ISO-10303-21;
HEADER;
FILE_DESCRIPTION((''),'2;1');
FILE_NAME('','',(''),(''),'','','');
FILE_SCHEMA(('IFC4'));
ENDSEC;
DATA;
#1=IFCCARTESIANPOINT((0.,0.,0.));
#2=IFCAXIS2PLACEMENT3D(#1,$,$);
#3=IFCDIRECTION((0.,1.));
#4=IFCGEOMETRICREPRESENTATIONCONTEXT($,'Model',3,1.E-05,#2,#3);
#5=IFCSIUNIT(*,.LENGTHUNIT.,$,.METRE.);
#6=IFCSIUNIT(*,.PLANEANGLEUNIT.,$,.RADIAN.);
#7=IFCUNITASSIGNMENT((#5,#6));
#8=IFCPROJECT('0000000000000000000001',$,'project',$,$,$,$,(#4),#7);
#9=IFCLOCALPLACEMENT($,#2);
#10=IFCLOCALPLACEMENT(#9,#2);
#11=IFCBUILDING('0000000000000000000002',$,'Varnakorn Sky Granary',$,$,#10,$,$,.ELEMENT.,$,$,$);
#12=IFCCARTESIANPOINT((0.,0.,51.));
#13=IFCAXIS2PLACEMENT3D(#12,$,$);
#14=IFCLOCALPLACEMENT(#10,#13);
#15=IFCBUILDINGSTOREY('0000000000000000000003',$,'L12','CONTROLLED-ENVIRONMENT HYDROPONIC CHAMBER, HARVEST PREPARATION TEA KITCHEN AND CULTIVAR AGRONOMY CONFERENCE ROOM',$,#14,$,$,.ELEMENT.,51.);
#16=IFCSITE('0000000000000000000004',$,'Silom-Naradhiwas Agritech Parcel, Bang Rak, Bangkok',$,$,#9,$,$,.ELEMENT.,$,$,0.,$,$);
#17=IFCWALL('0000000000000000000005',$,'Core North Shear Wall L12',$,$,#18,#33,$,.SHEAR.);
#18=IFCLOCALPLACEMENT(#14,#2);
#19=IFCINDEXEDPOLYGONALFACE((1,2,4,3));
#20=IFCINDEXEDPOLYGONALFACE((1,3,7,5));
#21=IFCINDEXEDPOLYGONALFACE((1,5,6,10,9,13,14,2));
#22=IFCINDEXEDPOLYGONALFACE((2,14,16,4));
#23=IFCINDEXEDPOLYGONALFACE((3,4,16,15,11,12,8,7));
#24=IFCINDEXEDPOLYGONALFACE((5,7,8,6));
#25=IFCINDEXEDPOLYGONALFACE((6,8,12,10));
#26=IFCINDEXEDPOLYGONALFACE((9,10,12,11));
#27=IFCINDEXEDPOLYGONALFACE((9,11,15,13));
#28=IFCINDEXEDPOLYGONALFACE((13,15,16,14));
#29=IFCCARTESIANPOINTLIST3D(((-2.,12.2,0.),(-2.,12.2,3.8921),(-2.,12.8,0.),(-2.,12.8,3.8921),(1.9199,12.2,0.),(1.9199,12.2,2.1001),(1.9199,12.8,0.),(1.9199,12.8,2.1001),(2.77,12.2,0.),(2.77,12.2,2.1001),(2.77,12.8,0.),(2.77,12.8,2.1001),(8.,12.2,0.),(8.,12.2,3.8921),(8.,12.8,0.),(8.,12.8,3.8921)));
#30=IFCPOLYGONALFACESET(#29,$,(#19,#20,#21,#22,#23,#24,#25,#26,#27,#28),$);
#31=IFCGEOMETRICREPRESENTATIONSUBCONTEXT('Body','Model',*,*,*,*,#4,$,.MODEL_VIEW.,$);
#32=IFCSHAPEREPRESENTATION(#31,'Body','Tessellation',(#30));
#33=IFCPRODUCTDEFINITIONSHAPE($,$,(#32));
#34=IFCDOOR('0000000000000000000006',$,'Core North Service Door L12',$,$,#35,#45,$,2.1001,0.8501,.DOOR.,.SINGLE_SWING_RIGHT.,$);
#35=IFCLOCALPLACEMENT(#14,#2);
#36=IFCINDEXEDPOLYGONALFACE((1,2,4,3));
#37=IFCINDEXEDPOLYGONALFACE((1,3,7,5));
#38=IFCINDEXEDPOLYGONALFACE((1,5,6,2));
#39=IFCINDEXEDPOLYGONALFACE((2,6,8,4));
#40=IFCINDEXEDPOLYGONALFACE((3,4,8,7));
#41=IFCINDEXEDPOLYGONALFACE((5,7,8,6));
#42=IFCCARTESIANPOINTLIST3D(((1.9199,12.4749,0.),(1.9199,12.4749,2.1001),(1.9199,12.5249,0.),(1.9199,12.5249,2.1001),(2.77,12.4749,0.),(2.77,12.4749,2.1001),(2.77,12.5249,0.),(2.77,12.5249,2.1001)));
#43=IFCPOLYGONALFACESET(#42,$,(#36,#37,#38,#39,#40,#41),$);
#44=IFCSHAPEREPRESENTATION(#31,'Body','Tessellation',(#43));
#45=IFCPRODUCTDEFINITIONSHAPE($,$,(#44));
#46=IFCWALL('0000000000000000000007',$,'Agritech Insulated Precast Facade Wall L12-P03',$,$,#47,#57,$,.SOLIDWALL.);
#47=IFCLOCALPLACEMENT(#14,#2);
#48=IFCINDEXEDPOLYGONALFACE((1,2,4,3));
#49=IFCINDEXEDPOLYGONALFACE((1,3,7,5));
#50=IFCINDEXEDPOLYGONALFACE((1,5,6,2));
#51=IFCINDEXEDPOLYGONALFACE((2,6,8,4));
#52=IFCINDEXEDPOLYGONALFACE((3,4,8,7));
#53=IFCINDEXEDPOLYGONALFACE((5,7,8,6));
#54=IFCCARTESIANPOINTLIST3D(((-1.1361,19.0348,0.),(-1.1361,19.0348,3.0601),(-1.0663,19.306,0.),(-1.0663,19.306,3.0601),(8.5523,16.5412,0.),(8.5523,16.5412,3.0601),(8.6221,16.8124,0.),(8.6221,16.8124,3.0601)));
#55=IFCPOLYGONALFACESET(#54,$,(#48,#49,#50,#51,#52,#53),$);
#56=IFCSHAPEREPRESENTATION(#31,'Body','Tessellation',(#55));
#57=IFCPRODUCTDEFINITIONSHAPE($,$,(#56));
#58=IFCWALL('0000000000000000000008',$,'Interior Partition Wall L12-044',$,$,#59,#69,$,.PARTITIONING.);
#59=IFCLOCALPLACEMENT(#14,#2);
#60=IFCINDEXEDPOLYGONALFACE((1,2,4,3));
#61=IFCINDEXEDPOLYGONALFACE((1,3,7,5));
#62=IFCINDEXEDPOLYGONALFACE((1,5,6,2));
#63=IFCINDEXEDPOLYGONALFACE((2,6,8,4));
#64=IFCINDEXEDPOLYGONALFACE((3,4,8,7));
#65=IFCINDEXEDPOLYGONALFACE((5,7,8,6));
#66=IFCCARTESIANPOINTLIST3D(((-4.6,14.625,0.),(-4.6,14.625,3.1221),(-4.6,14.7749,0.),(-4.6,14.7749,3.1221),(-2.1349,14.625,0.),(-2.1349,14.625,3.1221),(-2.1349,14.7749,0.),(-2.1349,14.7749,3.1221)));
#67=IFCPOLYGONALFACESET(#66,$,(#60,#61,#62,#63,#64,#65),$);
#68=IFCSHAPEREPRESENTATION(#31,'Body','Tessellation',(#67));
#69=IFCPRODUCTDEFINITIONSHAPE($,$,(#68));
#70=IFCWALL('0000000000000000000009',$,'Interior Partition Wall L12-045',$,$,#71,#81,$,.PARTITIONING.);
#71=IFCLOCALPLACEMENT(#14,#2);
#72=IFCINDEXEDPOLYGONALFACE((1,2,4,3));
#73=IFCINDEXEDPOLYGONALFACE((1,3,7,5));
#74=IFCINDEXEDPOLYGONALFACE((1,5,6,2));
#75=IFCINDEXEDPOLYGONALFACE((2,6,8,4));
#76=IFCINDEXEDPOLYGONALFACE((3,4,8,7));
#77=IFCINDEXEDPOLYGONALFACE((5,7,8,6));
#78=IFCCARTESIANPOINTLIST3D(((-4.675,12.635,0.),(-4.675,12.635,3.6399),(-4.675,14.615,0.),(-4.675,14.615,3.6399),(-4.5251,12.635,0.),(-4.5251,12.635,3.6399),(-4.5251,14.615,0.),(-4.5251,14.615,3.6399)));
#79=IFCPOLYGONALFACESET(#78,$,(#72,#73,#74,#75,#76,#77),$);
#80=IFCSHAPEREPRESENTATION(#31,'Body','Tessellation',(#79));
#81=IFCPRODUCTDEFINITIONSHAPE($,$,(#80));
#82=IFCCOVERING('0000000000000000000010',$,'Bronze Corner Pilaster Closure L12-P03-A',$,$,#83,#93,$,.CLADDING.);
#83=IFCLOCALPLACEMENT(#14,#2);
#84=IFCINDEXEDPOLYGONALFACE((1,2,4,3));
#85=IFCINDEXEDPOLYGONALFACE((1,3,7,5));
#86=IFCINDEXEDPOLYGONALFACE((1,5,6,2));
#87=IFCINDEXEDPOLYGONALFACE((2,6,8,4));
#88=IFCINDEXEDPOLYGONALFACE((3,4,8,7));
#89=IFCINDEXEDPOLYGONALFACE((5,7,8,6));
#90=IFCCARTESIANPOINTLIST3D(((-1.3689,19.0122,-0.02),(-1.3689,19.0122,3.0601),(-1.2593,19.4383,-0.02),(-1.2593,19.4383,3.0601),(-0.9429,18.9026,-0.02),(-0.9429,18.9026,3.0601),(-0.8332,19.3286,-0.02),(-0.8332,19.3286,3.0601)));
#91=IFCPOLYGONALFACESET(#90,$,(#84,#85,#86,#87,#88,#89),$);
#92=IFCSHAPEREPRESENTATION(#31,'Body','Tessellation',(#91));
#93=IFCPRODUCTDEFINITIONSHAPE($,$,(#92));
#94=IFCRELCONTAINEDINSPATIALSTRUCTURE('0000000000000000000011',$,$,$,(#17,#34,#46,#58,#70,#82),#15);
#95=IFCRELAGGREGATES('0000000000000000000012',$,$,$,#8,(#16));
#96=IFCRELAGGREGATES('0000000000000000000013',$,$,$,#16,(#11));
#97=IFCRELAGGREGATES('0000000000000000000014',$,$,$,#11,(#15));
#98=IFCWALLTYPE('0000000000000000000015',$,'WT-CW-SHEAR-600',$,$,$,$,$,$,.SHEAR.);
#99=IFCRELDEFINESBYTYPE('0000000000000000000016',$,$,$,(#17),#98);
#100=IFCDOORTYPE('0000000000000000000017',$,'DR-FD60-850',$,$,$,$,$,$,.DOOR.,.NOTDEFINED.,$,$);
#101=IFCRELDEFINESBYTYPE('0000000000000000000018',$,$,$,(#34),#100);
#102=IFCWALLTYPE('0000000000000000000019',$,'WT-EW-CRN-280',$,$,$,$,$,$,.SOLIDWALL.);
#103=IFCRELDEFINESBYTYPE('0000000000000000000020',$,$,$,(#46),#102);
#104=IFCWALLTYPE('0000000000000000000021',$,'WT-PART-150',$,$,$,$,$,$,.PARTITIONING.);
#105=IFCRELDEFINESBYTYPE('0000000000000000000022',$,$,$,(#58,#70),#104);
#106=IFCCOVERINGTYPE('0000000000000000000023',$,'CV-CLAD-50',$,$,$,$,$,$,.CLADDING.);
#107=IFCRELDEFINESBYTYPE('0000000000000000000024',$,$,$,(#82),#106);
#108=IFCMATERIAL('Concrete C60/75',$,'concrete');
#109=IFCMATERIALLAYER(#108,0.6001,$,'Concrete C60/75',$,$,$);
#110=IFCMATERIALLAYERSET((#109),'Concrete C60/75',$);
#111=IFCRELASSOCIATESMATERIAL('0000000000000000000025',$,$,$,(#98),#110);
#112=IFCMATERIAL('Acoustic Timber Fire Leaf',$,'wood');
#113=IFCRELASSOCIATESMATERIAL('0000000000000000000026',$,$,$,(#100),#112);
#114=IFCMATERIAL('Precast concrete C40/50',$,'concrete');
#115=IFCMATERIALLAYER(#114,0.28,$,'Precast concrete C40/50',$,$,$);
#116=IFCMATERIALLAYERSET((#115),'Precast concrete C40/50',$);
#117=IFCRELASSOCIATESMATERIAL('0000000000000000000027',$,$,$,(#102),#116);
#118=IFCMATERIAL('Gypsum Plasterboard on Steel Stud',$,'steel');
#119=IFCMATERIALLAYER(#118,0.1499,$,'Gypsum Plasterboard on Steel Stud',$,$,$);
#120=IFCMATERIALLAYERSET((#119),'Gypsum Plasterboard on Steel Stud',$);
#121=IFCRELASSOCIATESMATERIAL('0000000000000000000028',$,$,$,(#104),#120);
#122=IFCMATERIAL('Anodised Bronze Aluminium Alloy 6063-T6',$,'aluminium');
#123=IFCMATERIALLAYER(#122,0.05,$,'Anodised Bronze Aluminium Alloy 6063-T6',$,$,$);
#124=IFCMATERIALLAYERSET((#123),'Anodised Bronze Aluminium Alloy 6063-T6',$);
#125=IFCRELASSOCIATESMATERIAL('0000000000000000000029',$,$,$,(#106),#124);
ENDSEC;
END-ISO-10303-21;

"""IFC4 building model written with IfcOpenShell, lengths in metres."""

from ifc_helpers import new_model, si_unit, direction, frame, frame_2d, origin, origin_2d, place, context, subcontext, project, spatial, rectangle, extrude, source, transform, mapped, material, layer, layer_set, type_object, type_shapes, element, fill, save


model = new_model("IFC4")

# Units and contexts
model_context = context("Model", 3, precision=1e-05, world=origin(), true_north=direction((0.0, 1.0)))
body_context = subcontext(model_context, "Body", "Model", "MODEL_VIEW")
ifc_project = project(units=[si_unit("LENGTHUNIT", "METRE"), si_unit("PLANEANGLEUNIT", "RADIAN")], contexts=[model_context])

# Site, building, storey
site_placement = place(None, origin())
site = spatial("IfcSite", under=ifc_project, at=site_placement, Name="Silom-Naradhiwas Agritech Parcel, Bang Rak, Bangkok", CompositionType="ELEMENT", RefElevation=0.0)
building_placement = place(site_placement, origin())
building = spatial("IfcBuilding", under=site, at=building_placement, Name="Varnakorn Sky Granary", CompositionType="ELEMENT")
storey_placement = place(building_placement, frame((0.0, 0.0, 51.0)))
storey = spatial("IfcBuildingStorey", under=building, at=storey_placement, Name="L12", Description="CONTROLLED-ENVIRONMENT HYDROPONIC CHAMBER, HARVEST PREPARATION TEA KITCHEN AND CULTIVAR AGRONOMY CONFERENCE ROOM", CompositionType="ELEMENT", Elevation=51.0)

# Shared definitions
ifc_material_1 = material(Name="Concrete C60/75", Category="concrete")

# Shared definitions
ifc_material_2 = material(Name="Anodised Bronze Aluminium Alloy 6063-T6", Category="aluminium")

# Wall, opening, door
ifc_layer_1 = layer(ifc_material_1, 0.6001, Name="Concrete C60/75")
ifc_layer_set_1 = layer_set([ifc_layer_1], Name="Concrete C60/75")
wall_type_1 = type_object("IfcWallType", Name="WT-CW-SHEAR-600", PredefinedType="SHEAR", material=ifc_layer_set_1)
wall_1_placement = place(storey_placement, frame((-2.0, 12.5, 0.0), z_axis=(0.0, 0.0, 1.0), x_axis=(1.0, 0.0, 0.0)))
wall_1 = element("IfcWall", 1, at=wall_1_placement, inside=storey, type_object=wall_type_1, Name="Core North Shear Wall L12", PredefinedType="SHEAR", context=body_context, shape_type="SweptSolid", body=[
    extrude(rectangle(XDim=10.0, YDim=0.6001, at=frame_2d((5.0, 0.0))), origin(), (0.0, 0.0, 1.0), 3.8921),
])
opening_placement = place(wall_1_placement, frame((3.9199, 0.0, 0.0)))
opening = element("IfcOpeningElement", 2, at=opening_placement, cuts=wall_1, PredefinedType="OPENING", context=body_context, shape_type="SweptSolid", body=[
    extrude(rectangle(XDim=0.8501, YDim=2.1001, at=frame_2d((0.425, 1.05))), frame((0.0, 0.3101, 0.0), z_axis=(0.0, -1.0, 0.0), x_axis=(1.0, 0.0, 0.0)), (0.0, 0.0, 1.0), 0.6201),
])
ifc_material_3 = material(Name="Acoustic Timber Fire Leaf", Category="wood")
door_type = type_object("IfcDoorType", Name="DR-FD60-850", OperationType="NOTDEFINED", PredefinedType="DOOR", material=ifc_material_3)
door_placement = place(opening_placement, origin())
door = element("IfcDoor", 3, at=door_placement, inside=storey, type_object=door_type, Name="Core North Service Door L12", OperationType="SINGLE_SWING_RIGHT", OverallHeight=2.1001, OverallWidth=0.8501, PredefinedType="DOOR", context=body_context, shape_type="SweptSolid", body=[
    extrude(rectangle(XDim=0.8501, YDim=2.1001, at=frame_2d((0.425, 1.05))), frame((0.0, 0.0249, 0.0), z_axis=(0.0, -1.0, 0.0), x_axis=(1.0, 0.0, 0.0)), (0.0, 0.0, 1.0), 0.05),
])
fill(opening, door)

# Walls
ifc_material_4 = material(Name="Precast concrete C40/50", Category="concrete")
ifc_layer_2 = layer(ifc_material_4, 0.28, Name="Precast concrete C40/50")
ifc_layer_set_2 = layer_set([ifc_layer_2], Name="Precast concrete C40/50")
wall_type_2 = type_object("IfcWallType", Name="WT-EW-CRN-280", PredefinedType="SOLIDWALL", material=ifc_layer_set_2)
wall_2_placement = place(storey_placement, frame((-1.1011, 19.1704, 0.0), z_axis=(0.0, 0.0, 1.0), x_axis=(0.968437, -0.249259, 0.0)))
element("IfcWall", 4, at=wall_2_placement, inside=storey, type_object=wall_type_2, Name="Agritech Insulated Precast Facade Wall L12-P03", PredefinedType="SOLIDWALL", context=body_context, shape_type="SweptSolid", body=[
    extrude(rectangle(XDim=10.0042, YDim=0.28, at=frame_2d((5.002, 0.0))), origin(), (0.0, 0.0, 1.0), 3.0601),
])
ifc_material_5 = material(Name="Gypsum Plasterboard on Steel Stud", Category="steel")
ifc_layer_3 = layer(ifc_material_5, 0.1499, Name="Gypsum Plasterboard on Steel Stud")
ifc_layer_set_3 = layer_set([ifc_layer_3], Name="Gypsum Plasterboard on Steel Stud")
wall_type_3 = type_object("IfcWallType", Name="WT-PART-150", PredefinedType="PARTITIONING", material=ifc_layer_set_3)
wall_3_placement = place(storey_placement, frame((-2.135, 14.7, 0.0), z_axis=(0.0, 0.0, 1.0), x_axis=(-1.0, 0.0, 0.0)))
element("IfcWall", 5, at=wall_3_placement, inside=storey, type_object=wall_type_3, Name="Interior Partition Wall L12-044", PredefinedType="PARTITIONING", context=body_context, shape_type="SweptSolid", body=[
    extrude(rectangle(XDim=2.4651, YDim=0.1499, at=frame_2d((1.2324, 0.0))), origin(), (0.0, 0.0, 1.0), 3.1221),
])
wall_4_placement = place(storey_placement, frame((-4.6001, 14.615, 0.0), z_axis=(0.0, 0.0, 1.0), x_axis=(0.0, -1.0, 0.0)))
element("IfcWall", 6, at=wall_4_placement, inside=storey, type_object=wall_type_3, Name="Interior Partition Wall L12-045", PredefinedType="PARTITIONING", context=body_context, shape_type="SweptSolid", body=[
    extrude(rectangle(XDim=1.98, YDim=0.1499, at=frame_2d((0.99, 0.0))), origin(), (0.0, 0.0, 1.0), 3.6399),
])

# Covering
ifc_layer_4 = layer(ifc_material_2, 0.05, Name="Anodised Bronze Aluminium Alloy 6063-T6")
ifc_layer_set_4 = layer_set([ifc_layer_4], Name="Anodised Bronze Aluminium Alloy 6063-T6")
covering_type = type_object("IfcCoveringType", Name="CV-CLAD-50", PredefinedType="CLADDING", material=ifc_layer_set_4)
shared_shape_1 = source(origin(), body_context, "Body", "SweptSolid", [
    extrude(rectangle(XDim=0.4399, YDim=0.4399, at=origin_2d()), origin(), (0.0, 0.0, 1.0), 3.0801),
])
type_shapes(covering_type, [shared_shape_1])
covering_placement = place(storey_placement, frame((-1.1011, 19.1704, -0.02), z_axis=(0.0, 0.0, 1.0), x_axis=(0.968453, -0.249197, 0.0)))
element("IfcCovering", 7, at=covering_placement, inside=storey, type_object=covering_type, Name="Bronze Corner Pilaster Closure L12-P03-A", PredefinedType="CLADDING", context=body_context, shape_type="MappedRepresentation", body=[
    mapped(shared_shape_1, transform((0.0, 0.0, 0.0), x_axis=(1.0, 0.0, 0.0), y_axis=(0.0, 1.0, 0.0), z_axis=(0.0, 0.0, 1.0), scale=1.0)),
])

save(model, "model.ifc")
